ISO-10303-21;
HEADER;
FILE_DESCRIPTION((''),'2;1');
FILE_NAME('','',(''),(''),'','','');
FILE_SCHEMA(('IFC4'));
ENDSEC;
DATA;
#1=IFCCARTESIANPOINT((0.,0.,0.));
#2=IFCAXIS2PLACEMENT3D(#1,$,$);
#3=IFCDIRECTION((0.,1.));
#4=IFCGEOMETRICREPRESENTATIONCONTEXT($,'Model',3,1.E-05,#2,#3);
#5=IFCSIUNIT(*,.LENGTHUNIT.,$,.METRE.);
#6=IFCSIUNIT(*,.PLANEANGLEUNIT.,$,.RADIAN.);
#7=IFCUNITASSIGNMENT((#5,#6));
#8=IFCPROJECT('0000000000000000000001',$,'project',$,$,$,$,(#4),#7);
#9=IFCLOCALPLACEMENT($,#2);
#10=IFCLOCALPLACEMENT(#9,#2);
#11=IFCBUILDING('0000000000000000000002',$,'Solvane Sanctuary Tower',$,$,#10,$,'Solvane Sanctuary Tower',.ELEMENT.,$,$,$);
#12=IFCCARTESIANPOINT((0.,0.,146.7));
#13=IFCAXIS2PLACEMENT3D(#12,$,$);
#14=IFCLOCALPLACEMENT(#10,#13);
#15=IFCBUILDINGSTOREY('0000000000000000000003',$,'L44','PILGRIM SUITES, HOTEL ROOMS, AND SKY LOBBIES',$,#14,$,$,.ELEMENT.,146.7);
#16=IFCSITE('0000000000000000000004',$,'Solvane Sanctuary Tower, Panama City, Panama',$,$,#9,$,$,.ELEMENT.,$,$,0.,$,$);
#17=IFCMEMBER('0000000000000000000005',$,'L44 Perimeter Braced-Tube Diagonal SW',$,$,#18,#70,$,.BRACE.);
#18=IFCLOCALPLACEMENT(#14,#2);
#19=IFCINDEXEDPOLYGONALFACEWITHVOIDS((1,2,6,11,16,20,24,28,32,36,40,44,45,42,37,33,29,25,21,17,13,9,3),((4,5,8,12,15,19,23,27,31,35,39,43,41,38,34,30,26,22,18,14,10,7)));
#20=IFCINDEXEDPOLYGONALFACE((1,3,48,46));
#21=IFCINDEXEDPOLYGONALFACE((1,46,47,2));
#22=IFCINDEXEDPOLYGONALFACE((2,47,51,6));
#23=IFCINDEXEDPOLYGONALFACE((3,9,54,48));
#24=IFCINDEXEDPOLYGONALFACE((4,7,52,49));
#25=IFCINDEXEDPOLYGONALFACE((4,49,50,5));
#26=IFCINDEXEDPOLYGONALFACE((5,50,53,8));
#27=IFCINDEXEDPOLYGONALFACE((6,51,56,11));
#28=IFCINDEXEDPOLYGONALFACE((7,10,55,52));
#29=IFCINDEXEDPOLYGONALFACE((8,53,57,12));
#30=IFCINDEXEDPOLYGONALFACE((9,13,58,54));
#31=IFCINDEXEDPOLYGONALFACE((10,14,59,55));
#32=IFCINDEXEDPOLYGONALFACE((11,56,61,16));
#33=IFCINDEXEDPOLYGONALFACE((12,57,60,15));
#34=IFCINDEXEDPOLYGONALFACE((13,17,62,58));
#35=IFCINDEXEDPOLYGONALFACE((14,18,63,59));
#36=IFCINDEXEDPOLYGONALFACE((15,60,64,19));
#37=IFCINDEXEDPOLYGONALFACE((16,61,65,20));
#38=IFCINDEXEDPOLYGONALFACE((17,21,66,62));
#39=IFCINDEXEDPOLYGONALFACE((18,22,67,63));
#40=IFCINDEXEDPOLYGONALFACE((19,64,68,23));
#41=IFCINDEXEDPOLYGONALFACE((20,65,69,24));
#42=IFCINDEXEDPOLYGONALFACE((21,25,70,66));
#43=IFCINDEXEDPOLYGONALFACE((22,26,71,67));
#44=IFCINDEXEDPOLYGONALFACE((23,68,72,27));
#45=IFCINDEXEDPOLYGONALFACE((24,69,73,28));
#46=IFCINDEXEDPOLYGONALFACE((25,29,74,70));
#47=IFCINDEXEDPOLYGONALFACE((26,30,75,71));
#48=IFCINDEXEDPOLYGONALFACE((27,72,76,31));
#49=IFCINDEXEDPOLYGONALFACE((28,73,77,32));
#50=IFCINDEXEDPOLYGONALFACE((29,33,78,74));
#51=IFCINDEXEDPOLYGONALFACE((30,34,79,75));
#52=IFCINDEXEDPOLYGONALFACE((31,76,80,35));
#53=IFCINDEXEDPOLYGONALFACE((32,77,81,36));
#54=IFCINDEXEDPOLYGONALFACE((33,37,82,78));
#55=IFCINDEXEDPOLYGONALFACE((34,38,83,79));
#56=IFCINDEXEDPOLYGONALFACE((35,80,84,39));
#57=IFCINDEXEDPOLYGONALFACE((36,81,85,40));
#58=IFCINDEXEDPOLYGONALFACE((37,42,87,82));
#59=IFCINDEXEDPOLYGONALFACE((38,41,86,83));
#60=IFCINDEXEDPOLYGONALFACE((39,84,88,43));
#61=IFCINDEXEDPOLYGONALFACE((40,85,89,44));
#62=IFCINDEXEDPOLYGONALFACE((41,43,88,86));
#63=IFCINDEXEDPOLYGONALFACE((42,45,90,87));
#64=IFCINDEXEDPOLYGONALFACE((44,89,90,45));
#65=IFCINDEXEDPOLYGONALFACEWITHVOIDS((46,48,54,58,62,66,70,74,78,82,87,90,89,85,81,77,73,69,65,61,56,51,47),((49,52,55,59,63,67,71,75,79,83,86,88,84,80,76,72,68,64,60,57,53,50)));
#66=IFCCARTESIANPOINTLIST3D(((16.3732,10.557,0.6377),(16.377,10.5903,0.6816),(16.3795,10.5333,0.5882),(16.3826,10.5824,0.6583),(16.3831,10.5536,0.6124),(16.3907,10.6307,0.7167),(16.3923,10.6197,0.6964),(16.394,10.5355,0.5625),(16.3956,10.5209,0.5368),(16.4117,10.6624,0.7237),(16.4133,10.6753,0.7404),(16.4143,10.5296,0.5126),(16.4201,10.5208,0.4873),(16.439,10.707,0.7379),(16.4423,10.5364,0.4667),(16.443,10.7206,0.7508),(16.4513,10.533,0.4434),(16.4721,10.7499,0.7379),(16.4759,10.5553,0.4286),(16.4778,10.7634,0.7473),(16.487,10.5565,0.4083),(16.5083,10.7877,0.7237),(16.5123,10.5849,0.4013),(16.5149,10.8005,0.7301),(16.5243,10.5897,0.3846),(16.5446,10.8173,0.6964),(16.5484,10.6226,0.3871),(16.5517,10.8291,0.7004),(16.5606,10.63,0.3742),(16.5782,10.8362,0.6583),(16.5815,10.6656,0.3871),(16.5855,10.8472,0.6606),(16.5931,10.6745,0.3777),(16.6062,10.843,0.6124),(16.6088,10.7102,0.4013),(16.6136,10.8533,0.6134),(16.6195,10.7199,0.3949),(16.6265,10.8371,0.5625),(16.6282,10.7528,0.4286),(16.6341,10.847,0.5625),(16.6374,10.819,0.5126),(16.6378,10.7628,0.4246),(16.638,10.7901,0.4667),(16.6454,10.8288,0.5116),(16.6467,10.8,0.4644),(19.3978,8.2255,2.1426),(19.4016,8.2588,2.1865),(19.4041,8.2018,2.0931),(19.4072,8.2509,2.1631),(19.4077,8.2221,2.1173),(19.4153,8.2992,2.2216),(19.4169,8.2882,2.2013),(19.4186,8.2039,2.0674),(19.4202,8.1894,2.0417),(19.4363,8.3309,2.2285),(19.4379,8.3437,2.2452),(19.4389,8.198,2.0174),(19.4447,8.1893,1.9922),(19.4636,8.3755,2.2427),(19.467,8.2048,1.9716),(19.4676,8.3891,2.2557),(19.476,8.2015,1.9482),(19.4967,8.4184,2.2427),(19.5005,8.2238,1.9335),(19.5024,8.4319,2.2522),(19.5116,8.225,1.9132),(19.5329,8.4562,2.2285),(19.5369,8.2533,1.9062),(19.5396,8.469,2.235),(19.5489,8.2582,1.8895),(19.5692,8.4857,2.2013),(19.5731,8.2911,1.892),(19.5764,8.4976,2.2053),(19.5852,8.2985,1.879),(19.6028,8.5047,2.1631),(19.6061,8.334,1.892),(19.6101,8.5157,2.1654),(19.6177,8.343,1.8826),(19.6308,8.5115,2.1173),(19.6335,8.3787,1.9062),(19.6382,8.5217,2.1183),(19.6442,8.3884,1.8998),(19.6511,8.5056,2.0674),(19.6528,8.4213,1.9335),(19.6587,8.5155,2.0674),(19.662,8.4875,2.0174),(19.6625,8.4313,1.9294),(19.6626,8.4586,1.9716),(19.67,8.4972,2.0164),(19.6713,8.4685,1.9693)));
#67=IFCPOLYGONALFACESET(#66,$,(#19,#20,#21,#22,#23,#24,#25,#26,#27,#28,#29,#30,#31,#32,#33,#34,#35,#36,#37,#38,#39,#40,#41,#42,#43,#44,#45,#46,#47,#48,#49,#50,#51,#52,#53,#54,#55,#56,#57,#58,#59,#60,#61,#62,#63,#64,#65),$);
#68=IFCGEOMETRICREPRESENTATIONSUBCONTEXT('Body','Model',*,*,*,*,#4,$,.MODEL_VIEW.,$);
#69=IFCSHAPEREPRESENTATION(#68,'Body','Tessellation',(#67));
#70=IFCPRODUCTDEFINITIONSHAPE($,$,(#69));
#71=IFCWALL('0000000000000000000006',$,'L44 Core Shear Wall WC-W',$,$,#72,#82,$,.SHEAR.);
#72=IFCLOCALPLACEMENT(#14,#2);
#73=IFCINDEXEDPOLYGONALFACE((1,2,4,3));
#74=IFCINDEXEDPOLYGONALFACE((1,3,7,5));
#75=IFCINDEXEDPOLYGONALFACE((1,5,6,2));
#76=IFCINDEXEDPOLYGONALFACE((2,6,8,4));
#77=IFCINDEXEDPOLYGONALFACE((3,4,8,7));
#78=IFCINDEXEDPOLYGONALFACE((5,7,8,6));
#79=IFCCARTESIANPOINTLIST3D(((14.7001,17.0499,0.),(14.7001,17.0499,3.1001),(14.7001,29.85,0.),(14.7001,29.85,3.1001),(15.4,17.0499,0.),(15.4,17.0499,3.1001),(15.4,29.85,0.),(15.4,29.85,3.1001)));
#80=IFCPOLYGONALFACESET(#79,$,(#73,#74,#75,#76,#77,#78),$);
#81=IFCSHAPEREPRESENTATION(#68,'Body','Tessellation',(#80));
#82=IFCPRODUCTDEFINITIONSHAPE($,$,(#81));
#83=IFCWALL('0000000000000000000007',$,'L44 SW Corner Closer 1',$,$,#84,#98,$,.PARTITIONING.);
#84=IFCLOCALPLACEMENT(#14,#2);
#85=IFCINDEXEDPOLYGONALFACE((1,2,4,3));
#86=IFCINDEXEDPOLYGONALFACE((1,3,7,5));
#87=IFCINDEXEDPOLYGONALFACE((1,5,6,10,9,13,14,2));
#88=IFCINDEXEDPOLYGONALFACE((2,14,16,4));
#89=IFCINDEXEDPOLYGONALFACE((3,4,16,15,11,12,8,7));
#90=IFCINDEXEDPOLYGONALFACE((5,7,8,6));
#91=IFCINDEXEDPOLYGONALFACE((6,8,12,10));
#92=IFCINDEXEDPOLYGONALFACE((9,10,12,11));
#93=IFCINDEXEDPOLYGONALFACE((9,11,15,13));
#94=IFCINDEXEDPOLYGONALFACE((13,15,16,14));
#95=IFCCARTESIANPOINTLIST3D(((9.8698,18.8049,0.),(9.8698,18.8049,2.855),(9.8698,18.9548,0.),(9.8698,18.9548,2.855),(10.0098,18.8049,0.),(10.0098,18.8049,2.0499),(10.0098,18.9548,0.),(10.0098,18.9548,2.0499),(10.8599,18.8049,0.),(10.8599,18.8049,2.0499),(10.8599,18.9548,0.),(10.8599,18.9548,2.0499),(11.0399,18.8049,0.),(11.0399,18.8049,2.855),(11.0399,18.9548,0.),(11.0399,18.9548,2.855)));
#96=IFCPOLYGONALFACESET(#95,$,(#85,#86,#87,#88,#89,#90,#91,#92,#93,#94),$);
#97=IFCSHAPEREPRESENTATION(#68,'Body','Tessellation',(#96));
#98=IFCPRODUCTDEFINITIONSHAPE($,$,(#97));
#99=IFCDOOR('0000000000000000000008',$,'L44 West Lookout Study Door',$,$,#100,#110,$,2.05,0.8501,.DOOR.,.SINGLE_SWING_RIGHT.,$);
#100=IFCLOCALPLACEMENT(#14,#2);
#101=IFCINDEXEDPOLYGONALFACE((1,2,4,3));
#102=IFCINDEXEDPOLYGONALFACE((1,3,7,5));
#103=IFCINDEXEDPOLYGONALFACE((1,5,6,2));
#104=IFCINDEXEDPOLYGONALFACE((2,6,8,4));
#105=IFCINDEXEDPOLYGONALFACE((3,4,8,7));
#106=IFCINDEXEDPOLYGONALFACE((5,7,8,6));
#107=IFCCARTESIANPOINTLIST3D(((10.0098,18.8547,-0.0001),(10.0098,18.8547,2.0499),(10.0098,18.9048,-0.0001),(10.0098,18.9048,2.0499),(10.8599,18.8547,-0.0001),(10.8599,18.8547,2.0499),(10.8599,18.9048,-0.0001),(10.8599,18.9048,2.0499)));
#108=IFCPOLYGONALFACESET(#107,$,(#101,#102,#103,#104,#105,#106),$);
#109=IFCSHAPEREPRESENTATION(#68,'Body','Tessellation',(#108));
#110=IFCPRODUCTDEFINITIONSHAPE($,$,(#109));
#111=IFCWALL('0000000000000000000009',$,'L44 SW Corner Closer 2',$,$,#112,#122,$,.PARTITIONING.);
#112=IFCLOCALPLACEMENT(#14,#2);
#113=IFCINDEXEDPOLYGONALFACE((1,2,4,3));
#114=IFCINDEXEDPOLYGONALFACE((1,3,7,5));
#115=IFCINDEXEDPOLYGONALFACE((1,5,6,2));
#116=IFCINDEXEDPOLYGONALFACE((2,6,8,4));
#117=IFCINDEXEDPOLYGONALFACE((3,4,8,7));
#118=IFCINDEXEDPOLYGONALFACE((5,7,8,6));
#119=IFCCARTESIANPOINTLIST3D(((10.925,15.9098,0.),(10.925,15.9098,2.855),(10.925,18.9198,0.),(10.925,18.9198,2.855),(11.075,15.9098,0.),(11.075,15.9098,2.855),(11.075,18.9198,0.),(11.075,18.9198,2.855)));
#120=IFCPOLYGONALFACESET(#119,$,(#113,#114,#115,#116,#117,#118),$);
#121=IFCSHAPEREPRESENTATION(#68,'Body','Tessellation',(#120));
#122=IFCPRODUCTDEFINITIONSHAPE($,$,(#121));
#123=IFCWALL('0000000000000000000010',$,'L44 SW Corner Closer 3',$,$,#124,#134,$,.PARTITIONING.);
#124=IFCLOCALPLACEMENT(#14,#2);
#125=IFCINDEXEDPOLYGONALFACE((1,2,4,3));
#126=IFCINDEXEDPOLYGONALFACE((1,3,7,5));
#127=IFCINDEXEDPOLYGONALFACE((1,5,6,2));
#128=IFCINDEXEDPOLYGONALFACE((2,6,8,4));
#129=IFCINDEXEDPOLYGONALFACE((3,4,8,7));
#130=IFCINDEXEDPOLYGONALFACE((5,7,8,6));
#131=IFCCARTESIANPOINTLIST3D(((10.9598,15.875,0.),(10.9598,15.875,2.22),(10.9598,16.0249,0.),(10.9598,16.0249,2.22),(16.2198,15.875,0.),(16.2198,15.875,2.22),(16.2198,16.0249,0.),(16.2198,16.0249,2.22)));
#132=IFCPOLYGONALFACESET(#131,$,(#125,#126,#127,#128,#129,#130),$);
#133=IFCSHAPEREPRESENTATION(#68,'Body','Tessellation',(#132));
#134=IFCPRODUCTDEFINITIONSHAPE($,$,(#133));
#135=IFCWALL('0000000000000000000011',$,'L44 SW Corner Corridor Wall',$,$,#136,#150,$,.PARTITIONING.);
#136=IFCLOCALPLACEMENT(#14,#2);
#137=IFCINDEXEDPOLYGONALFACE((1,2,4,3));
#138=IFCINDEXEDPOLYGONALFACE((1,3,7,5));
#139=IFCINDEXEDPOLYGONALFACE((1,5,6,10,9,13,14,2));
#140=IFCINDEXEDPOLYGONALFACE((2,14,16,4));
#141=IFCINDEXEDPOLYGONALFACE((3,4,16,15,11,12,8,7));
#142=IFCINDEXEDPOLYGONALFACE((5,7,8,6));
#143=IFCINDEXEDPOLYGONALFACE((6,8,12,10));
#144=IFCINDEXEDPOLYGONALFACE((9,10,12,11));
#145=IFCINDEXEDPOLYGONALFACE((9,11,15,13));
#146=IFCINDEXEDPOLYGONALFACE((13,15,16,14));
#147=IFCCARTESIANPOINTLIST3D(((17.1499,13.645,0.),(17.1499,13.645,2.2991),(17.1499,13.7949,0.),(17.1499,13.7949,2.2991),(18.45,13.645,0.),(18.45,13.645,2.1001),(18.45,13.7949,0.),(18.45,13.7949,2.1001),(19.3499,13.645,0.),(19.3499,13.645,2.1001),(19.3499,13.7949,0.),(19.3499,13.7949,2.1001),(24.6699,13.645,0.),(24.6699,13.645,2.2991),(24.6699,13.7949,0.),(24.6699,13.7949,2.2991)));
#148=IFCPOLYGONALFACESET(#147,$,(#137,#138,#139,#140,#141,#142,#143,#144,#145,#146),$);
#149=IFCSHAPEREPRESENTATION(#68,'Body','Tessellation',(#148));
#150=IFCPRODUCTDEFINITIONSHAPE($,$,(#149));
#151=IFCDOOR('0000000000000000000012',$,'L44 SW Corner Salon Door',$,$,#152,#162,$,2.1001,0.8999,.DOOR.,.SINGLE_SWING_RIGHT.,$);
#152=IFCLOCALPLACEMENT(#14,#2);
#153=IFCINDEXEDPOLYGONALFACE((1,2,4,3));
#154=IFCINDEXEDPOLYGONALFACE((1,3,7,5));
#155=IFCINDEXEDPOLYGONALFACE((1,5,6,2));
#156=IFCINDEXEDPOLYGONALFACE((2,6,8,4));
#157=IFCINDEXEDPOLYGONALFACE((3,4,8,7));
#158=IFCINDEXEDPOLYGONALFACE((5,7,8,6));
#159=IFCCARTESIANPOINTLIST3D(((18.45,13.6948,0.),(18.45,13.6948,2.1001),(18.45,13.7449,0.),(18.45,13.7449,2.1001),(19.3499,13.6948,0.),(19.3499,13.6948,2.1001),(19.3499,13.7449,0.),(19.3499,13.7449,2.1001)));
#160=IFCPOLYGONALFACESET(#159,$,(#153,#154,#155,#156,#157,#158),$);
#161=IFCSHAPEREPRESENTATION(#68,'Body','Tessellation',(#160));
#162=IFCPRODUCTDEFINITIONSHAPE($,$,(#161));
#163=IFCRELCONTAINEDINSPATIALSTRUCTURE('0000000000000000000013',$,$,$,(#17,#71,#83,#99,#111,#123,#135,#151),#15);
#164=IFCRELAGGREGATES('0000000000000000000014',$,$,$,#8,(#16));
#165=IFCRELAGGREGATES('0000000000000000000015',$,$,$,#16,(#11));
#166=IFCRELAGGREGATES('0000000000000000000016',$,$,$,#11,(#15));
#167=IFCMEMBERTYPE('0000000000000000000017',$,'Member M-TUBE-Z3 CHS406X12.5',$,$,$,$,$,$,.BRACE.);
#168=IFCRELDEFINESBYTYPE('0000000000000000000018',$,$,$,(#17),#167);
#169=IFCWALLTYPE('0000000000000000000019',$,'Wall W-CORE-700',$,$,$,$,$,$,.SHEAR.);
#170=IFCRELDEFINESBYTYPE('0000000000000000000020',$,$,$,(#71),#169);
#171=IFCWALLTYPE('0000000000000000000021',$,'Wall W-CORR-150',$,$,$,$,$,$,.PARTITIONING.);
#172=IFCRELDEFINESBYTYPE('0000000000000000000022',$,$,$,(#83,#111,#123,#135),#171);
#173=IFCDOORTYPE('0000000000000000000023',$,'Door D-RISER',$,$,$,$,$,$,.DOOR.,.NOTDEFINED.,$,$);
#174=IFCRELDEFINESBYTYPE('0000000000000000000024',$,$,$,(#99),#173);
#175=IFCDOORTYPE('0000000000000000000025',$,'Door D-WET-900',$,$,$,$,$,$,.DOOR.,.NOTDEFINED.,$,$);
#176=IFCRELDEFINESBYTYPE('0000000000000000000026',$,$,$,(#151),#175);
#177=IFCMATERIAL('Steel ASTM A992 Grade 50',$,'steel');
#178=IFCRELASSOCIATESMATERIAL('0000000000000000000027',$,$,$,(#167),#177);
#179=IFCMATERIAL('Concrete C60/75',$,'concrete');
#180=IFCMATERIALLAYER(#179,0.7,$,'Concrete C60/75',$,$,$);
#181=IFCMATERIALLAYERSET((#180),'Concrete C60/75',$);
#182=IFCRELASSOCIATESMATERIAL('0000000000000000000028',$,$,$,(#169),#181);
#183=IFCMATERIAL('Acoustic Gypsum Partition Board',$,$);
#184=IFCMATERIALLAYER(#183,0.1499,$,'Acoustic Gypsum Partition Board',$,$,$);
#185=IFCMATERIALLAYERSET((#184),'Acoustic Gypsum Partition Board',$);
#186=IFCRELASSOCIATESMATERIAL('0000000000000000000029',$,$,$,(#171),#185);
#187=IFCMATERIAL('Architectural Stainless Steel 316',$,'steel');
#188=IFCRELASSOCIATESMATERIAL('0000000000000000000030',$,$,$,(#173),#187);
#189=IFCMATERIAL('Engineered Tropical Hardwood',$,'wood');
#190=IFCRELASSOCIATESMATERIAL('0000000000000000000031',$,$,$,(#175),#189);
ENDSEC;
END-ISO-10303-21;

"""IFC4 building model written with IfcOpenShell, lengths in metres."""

from ifc_helpers import new_model, si_unit, direction, frame, frame_2d, origin, origin_2d, place, context, subcontext, project, spatial, rectangle, hollow_circle, extrude, material, layer, layer_set, material_profile, profile_set, type_object, element, fill, save


model = new_model("IFC4")

# Units and contexts
model_context = context("Model", 3, precision=1e-05, world=origin(), true_north=direction((0.0, 1.0)))
body_context = subcontext(model_context, "Body", "Model", "MODEL_VIEW")
ifc_project = project(units=[si_unit("LENGTHUNIT", "METRE"), si_unit("PLANEANGLEUNIT", "RADIAN")], contexts=[model_context])

# Site, building, storey
site_placement = place(None, origin())
site = spatial("IfcSite", under=ifc_project, at=site_placement, Name="Solvane Sanctuary Tower, Panama City, Panama", CompositionType="ELEMENT", RefElevation=0.0)
building_placement = place(site_placement, origin())
building = spatial("IfcBuilding", under=site, at=building_placement, Name="Solvane Sanctuary Tower", LongName="Solvane Sanctuary Tower", CompositionType="ELEMENT")
storey_placement = place(building_placement, frame((0.0, 0.0, 146.7)))
storey = spatial("IfcBuildingStorey", under=building, at=storey_placement, Name="L44", Description="PILGRIM SUITES, HOTEL ROOMS, AND SKY LOBBIES", CompositionType="ELEMENT", Elevation=146.7)

# Shared definitions
ifc_material_1 = material(Name="Concrete C60/75", Category="concrete")

# Shared definitions
ifc_material_2 = material(Name="Steel ASTM A992 Grade 50", Category="steel")

# Member
ifc_material_profile_1 = material_profile(ifc_material_2, hollow_circle(Radius=0.2029, WallThickness=0.0125, at=origin_2d()), Name="CHS406X12.5")
ifc_profile_set_1 = profile_set([ifc_material_profile_1], Name="Steel ASTM A992 Grade 50")
member_type = type_object("IfcMemberType", Name="Member M-TUBE-Z3 CHS406X12.5", PredefinedType="BRACE", material=ifc_profile_set_1)
member_placement = place(storey_placement, frame((16.5103, 10.6863, 0.5625), z_axis=(0.73686, -0.568005, 0.366616), x_axis=(0.610514, 0.792006, 0.0)))
element("IfcMember", 1, at=member_placement, inside=storey, type_object=member_type, Name="L44 Perimeter Braced-Tube Diagonal SW", PredefinedType="BRACE", context=body_context, shape_type="SweptSolid", body=[
    extrude(hollow_circle(Radius=0.2029, WallThickness=0.0125, at=origin_2d()), origin(), (0.0, 0.0, 1.0), 4.1047),
])

# Wall
ifc_layer_1 = layer(ifc_material_1, 0.7, Name="Concrete C60/75")
ifc_layer_set_1 = layer_set([ifc_layer_1], Name="Concrete C60/75")
wall_type_1 = type_object("IfcWallType", Name="Wall W-CORE-700", PredefinedType="SHEAR", material=ifc_layer_set_1)
wall_1_placement = place(storey_placement, frame((15.05, 17.05, 0.0), z_axis=(0.0, 0.0, 1.0), x_axis=(0.0, 1.0, 0.0)))
element("IfcWall", 2, at=wall_1_placement, inside=storey, type_object=wall_type_1, Name="L44 Core Shear Wall WC-W", PredefinedType="SHEAR", context=body_context, shape_type="SweptSolid", body=[
    extrude(rectangle(XDim=12.8, YDim=0.7, at=frame_2d((6.3999, 0.0))), origin(), (0.0, 0.0, 1.0), 3.1001),
])

# Wall, opening, door
ifc_material_3 = material(Name="Acoustic Gypsum Partition Board")
ifc_layer_2 = layer(ifc_material_3, 0.1499, Name="Acoustic Gypsum Partition Board")
ifc_layer_set_2 = layer_set([ifc_layer_2], Name="Acoustic Gypsum Partition Board")
wall_type_2 = type_object("IfcWallType", Name="Wall W-CORR-150", PredefinedType="PARTITIONING", material=ifc_layer_set_2)
wall_2_placement = place(storey_placement, frame((9.8699, 18.8799, 0.0), z_axis=(0.0, 0.0, 1.0), x_axis=(1.0, 0.0, 0.0)))
wall_2 = element("IfcWall", 3, at=wall_2_placement, inside=storey, type_object=wall_type_2, Name="L44 SW Corner Closer 1", PredefinedType="PARTITIONING", context=body_context, shape_type="SweptSolid", body=[
    extrude(rectangle(XDim=1.1702, YDim=0.1499, at=frame_2d((0.585, 0.0))), origin(), (0.0, 0.0, 1.0), 2.855),
])
opening_1_placement = place(wall_2_placement, frame((0.1399, 0.0, 0.0)))
opening_1 = element("IfcOpeningElement", 4, at=opening_1_placement, cuts=wall_2, PredefinedType="OPENING", context=body_context, shape_type="SweptSolid", body=[
    extrude(rectangle(XDim=0.8501, YDim=2.05, at=frame_2d((0.425, 1.0249))), frame((0.0, 0.085, 0.0), z_axis=(0.0, -1.0, 0.0), x_axis=(1.0, 0.0, 0.0)), (0.0, 0.0, 1.0), 0.1699),
])
ifc_material_4 = material(Name="Architectural Stainless Steel 316", Category="steel")
door_type_1 = type_object("IfcDoorType", Name="Door D-RISER", OperationType="NOTDEFINED", PredefinedType="DOOR", material=ifc_material_4)
door_1_placement = place(opening_1_placement, origin())
door_1 = element("IfcDoor", 5, at=door_1_placement, inside=storey, type_object=door_type_1, Name="L44 West Lookout Study Door", OperationType="SINGLE_SWING_RIGHT", OverallHeight=2.05, OverallWidth=0.8501, PredefinedType="DOOR", context=body_context, shape_type="SweptSolid", body=[
    extrude(rectangle(XDim=0.8501, YDim=2.05, at=frame_2d((0.425, 1.0249))), frame((0.0, 0.0249, 0.0), z_axis=(0.0, -1.0, 0.0), x_axis=(1.0, 0.0, 0.0)), (0.0, 0.0, 1.0), 0.05),
])
fill(opening_1, door_1)

# Walls
wall_3_placement = place(storey_placement, frame((11.0, 15.9099, 0.0), z_axis=(0.0, 0.0, 1.0), x_axis=(0.0, 1.0, 0.0)))
element("IfcWall", 6, at=wall_3_placement, inside=storey, type_object=wall_type_2, Name="L44 SW Corner Closer 2", PredefinedType="PARTITIONING", context=body_context, shape_type="SweptSolid", body=[
    extrude(rectangle(XDim=3.01, YDim=0.1499, at=frame_2d((1.5049, 0.0))), origin(), (0.0, 0.0, 1.0), 2.855),
])
wall_4_placement = place(storey_placement, frame((10.96, 15.95, 0.0), z_axis=(0.0, 0.0, 1.0), x_axis=(1.0, 0.0, 0.0)))
element("IfcWall", 7, at=wall_4_placement, inside=storey, type_object=wall_type_2, Name="L44 SW Corner Closer 3", PredefinedType="PARTITIONING", context=body_context, shape_type="SweptSolid", body=[
    extrude(rectangle(XDim=5.26, YDim=0.1499, at=frame_2d((2.6299, 0.0))), origin(), (0.0, 0.0, 1.0), 2.22),
])

# Wall, opening, door
wall_5_placement = place(storey_placement, frame((17.1499, 13.72, 0.0), z_axis=(0.0, 0.0, 1.0), x_axis=(1.0, 0.0, 0.0)))
wall_5 = element("IfcWall", 8, at=wall_5_placement, inside=storey, type_object=wall_type_2, Name="L44 SW Corner Corridor Wall", PredefinedType="PARTITIONING", context=body_context, shape_type="SweptSolid", body=[
    extrude(rectangle(XDim=7.52, YDim=0.1499, at=frame_2d((3.76, 0.0))), origin(), (0.0, 0.0, 1.0), 2.2991),
])
opening_2_placement = place(wall_5_placement, frame((1.3, 0.0, 0.0)))
opening_2 = element("IfcOpeningElement", 9, at=opening_2_placement, cuts=wall_5, PredefinedType="OPENING", context=body_context, shape_type="SweptSolid", body=[
    extrude(rectangle(XDim=0.8999, YDim=2.1001, at=frame_2d((0.45, 1.05))), frame((0.0, 0.085, 0.0), z_axis=(0.0, -1.0, 0.0), x_axis=(1.0, 0.0, 0.0)), (0.0, 0.0, 1.0), 0.1699),
])
ifc_material_5 = material(Name="Engineered Tropical Hardwood", Category="wood")
door_type_2 = type_object("IfcDoorType", Name="Door D-WET-900", OperationType="NOTDEFINED", PredefinedType="DOOR", material=ifc_material_5)
door_2_placement = place(opening_2_placement, origin())
door_2 = element("IfcDoor", 10, at=door_2_placement, inside=storey, type_object=door_type_2, Name="L44 SW Corner Salon Door", OperationType="SINGLE_SWING_RIGHT", OverallHeight=2.1001, OverallWidth=0.8999, PredefinedType="DOOR", context=body_context, shape_type="SweptSolid", body=[
    extrude(rectangle(XDim=0.8999, YDim=2.1001, at=frame_2d((0.45, 1.05))), frame((0.0, 0.0249, 0.0), z_axis=(0.0, -1.0, 0.0), x_axis=(1.0, 0.0, 0.0)), (0.0, 0.0, 1.0), 0.05),
])
fill(opening_2, door_2)

save(model, "model.ifc")
